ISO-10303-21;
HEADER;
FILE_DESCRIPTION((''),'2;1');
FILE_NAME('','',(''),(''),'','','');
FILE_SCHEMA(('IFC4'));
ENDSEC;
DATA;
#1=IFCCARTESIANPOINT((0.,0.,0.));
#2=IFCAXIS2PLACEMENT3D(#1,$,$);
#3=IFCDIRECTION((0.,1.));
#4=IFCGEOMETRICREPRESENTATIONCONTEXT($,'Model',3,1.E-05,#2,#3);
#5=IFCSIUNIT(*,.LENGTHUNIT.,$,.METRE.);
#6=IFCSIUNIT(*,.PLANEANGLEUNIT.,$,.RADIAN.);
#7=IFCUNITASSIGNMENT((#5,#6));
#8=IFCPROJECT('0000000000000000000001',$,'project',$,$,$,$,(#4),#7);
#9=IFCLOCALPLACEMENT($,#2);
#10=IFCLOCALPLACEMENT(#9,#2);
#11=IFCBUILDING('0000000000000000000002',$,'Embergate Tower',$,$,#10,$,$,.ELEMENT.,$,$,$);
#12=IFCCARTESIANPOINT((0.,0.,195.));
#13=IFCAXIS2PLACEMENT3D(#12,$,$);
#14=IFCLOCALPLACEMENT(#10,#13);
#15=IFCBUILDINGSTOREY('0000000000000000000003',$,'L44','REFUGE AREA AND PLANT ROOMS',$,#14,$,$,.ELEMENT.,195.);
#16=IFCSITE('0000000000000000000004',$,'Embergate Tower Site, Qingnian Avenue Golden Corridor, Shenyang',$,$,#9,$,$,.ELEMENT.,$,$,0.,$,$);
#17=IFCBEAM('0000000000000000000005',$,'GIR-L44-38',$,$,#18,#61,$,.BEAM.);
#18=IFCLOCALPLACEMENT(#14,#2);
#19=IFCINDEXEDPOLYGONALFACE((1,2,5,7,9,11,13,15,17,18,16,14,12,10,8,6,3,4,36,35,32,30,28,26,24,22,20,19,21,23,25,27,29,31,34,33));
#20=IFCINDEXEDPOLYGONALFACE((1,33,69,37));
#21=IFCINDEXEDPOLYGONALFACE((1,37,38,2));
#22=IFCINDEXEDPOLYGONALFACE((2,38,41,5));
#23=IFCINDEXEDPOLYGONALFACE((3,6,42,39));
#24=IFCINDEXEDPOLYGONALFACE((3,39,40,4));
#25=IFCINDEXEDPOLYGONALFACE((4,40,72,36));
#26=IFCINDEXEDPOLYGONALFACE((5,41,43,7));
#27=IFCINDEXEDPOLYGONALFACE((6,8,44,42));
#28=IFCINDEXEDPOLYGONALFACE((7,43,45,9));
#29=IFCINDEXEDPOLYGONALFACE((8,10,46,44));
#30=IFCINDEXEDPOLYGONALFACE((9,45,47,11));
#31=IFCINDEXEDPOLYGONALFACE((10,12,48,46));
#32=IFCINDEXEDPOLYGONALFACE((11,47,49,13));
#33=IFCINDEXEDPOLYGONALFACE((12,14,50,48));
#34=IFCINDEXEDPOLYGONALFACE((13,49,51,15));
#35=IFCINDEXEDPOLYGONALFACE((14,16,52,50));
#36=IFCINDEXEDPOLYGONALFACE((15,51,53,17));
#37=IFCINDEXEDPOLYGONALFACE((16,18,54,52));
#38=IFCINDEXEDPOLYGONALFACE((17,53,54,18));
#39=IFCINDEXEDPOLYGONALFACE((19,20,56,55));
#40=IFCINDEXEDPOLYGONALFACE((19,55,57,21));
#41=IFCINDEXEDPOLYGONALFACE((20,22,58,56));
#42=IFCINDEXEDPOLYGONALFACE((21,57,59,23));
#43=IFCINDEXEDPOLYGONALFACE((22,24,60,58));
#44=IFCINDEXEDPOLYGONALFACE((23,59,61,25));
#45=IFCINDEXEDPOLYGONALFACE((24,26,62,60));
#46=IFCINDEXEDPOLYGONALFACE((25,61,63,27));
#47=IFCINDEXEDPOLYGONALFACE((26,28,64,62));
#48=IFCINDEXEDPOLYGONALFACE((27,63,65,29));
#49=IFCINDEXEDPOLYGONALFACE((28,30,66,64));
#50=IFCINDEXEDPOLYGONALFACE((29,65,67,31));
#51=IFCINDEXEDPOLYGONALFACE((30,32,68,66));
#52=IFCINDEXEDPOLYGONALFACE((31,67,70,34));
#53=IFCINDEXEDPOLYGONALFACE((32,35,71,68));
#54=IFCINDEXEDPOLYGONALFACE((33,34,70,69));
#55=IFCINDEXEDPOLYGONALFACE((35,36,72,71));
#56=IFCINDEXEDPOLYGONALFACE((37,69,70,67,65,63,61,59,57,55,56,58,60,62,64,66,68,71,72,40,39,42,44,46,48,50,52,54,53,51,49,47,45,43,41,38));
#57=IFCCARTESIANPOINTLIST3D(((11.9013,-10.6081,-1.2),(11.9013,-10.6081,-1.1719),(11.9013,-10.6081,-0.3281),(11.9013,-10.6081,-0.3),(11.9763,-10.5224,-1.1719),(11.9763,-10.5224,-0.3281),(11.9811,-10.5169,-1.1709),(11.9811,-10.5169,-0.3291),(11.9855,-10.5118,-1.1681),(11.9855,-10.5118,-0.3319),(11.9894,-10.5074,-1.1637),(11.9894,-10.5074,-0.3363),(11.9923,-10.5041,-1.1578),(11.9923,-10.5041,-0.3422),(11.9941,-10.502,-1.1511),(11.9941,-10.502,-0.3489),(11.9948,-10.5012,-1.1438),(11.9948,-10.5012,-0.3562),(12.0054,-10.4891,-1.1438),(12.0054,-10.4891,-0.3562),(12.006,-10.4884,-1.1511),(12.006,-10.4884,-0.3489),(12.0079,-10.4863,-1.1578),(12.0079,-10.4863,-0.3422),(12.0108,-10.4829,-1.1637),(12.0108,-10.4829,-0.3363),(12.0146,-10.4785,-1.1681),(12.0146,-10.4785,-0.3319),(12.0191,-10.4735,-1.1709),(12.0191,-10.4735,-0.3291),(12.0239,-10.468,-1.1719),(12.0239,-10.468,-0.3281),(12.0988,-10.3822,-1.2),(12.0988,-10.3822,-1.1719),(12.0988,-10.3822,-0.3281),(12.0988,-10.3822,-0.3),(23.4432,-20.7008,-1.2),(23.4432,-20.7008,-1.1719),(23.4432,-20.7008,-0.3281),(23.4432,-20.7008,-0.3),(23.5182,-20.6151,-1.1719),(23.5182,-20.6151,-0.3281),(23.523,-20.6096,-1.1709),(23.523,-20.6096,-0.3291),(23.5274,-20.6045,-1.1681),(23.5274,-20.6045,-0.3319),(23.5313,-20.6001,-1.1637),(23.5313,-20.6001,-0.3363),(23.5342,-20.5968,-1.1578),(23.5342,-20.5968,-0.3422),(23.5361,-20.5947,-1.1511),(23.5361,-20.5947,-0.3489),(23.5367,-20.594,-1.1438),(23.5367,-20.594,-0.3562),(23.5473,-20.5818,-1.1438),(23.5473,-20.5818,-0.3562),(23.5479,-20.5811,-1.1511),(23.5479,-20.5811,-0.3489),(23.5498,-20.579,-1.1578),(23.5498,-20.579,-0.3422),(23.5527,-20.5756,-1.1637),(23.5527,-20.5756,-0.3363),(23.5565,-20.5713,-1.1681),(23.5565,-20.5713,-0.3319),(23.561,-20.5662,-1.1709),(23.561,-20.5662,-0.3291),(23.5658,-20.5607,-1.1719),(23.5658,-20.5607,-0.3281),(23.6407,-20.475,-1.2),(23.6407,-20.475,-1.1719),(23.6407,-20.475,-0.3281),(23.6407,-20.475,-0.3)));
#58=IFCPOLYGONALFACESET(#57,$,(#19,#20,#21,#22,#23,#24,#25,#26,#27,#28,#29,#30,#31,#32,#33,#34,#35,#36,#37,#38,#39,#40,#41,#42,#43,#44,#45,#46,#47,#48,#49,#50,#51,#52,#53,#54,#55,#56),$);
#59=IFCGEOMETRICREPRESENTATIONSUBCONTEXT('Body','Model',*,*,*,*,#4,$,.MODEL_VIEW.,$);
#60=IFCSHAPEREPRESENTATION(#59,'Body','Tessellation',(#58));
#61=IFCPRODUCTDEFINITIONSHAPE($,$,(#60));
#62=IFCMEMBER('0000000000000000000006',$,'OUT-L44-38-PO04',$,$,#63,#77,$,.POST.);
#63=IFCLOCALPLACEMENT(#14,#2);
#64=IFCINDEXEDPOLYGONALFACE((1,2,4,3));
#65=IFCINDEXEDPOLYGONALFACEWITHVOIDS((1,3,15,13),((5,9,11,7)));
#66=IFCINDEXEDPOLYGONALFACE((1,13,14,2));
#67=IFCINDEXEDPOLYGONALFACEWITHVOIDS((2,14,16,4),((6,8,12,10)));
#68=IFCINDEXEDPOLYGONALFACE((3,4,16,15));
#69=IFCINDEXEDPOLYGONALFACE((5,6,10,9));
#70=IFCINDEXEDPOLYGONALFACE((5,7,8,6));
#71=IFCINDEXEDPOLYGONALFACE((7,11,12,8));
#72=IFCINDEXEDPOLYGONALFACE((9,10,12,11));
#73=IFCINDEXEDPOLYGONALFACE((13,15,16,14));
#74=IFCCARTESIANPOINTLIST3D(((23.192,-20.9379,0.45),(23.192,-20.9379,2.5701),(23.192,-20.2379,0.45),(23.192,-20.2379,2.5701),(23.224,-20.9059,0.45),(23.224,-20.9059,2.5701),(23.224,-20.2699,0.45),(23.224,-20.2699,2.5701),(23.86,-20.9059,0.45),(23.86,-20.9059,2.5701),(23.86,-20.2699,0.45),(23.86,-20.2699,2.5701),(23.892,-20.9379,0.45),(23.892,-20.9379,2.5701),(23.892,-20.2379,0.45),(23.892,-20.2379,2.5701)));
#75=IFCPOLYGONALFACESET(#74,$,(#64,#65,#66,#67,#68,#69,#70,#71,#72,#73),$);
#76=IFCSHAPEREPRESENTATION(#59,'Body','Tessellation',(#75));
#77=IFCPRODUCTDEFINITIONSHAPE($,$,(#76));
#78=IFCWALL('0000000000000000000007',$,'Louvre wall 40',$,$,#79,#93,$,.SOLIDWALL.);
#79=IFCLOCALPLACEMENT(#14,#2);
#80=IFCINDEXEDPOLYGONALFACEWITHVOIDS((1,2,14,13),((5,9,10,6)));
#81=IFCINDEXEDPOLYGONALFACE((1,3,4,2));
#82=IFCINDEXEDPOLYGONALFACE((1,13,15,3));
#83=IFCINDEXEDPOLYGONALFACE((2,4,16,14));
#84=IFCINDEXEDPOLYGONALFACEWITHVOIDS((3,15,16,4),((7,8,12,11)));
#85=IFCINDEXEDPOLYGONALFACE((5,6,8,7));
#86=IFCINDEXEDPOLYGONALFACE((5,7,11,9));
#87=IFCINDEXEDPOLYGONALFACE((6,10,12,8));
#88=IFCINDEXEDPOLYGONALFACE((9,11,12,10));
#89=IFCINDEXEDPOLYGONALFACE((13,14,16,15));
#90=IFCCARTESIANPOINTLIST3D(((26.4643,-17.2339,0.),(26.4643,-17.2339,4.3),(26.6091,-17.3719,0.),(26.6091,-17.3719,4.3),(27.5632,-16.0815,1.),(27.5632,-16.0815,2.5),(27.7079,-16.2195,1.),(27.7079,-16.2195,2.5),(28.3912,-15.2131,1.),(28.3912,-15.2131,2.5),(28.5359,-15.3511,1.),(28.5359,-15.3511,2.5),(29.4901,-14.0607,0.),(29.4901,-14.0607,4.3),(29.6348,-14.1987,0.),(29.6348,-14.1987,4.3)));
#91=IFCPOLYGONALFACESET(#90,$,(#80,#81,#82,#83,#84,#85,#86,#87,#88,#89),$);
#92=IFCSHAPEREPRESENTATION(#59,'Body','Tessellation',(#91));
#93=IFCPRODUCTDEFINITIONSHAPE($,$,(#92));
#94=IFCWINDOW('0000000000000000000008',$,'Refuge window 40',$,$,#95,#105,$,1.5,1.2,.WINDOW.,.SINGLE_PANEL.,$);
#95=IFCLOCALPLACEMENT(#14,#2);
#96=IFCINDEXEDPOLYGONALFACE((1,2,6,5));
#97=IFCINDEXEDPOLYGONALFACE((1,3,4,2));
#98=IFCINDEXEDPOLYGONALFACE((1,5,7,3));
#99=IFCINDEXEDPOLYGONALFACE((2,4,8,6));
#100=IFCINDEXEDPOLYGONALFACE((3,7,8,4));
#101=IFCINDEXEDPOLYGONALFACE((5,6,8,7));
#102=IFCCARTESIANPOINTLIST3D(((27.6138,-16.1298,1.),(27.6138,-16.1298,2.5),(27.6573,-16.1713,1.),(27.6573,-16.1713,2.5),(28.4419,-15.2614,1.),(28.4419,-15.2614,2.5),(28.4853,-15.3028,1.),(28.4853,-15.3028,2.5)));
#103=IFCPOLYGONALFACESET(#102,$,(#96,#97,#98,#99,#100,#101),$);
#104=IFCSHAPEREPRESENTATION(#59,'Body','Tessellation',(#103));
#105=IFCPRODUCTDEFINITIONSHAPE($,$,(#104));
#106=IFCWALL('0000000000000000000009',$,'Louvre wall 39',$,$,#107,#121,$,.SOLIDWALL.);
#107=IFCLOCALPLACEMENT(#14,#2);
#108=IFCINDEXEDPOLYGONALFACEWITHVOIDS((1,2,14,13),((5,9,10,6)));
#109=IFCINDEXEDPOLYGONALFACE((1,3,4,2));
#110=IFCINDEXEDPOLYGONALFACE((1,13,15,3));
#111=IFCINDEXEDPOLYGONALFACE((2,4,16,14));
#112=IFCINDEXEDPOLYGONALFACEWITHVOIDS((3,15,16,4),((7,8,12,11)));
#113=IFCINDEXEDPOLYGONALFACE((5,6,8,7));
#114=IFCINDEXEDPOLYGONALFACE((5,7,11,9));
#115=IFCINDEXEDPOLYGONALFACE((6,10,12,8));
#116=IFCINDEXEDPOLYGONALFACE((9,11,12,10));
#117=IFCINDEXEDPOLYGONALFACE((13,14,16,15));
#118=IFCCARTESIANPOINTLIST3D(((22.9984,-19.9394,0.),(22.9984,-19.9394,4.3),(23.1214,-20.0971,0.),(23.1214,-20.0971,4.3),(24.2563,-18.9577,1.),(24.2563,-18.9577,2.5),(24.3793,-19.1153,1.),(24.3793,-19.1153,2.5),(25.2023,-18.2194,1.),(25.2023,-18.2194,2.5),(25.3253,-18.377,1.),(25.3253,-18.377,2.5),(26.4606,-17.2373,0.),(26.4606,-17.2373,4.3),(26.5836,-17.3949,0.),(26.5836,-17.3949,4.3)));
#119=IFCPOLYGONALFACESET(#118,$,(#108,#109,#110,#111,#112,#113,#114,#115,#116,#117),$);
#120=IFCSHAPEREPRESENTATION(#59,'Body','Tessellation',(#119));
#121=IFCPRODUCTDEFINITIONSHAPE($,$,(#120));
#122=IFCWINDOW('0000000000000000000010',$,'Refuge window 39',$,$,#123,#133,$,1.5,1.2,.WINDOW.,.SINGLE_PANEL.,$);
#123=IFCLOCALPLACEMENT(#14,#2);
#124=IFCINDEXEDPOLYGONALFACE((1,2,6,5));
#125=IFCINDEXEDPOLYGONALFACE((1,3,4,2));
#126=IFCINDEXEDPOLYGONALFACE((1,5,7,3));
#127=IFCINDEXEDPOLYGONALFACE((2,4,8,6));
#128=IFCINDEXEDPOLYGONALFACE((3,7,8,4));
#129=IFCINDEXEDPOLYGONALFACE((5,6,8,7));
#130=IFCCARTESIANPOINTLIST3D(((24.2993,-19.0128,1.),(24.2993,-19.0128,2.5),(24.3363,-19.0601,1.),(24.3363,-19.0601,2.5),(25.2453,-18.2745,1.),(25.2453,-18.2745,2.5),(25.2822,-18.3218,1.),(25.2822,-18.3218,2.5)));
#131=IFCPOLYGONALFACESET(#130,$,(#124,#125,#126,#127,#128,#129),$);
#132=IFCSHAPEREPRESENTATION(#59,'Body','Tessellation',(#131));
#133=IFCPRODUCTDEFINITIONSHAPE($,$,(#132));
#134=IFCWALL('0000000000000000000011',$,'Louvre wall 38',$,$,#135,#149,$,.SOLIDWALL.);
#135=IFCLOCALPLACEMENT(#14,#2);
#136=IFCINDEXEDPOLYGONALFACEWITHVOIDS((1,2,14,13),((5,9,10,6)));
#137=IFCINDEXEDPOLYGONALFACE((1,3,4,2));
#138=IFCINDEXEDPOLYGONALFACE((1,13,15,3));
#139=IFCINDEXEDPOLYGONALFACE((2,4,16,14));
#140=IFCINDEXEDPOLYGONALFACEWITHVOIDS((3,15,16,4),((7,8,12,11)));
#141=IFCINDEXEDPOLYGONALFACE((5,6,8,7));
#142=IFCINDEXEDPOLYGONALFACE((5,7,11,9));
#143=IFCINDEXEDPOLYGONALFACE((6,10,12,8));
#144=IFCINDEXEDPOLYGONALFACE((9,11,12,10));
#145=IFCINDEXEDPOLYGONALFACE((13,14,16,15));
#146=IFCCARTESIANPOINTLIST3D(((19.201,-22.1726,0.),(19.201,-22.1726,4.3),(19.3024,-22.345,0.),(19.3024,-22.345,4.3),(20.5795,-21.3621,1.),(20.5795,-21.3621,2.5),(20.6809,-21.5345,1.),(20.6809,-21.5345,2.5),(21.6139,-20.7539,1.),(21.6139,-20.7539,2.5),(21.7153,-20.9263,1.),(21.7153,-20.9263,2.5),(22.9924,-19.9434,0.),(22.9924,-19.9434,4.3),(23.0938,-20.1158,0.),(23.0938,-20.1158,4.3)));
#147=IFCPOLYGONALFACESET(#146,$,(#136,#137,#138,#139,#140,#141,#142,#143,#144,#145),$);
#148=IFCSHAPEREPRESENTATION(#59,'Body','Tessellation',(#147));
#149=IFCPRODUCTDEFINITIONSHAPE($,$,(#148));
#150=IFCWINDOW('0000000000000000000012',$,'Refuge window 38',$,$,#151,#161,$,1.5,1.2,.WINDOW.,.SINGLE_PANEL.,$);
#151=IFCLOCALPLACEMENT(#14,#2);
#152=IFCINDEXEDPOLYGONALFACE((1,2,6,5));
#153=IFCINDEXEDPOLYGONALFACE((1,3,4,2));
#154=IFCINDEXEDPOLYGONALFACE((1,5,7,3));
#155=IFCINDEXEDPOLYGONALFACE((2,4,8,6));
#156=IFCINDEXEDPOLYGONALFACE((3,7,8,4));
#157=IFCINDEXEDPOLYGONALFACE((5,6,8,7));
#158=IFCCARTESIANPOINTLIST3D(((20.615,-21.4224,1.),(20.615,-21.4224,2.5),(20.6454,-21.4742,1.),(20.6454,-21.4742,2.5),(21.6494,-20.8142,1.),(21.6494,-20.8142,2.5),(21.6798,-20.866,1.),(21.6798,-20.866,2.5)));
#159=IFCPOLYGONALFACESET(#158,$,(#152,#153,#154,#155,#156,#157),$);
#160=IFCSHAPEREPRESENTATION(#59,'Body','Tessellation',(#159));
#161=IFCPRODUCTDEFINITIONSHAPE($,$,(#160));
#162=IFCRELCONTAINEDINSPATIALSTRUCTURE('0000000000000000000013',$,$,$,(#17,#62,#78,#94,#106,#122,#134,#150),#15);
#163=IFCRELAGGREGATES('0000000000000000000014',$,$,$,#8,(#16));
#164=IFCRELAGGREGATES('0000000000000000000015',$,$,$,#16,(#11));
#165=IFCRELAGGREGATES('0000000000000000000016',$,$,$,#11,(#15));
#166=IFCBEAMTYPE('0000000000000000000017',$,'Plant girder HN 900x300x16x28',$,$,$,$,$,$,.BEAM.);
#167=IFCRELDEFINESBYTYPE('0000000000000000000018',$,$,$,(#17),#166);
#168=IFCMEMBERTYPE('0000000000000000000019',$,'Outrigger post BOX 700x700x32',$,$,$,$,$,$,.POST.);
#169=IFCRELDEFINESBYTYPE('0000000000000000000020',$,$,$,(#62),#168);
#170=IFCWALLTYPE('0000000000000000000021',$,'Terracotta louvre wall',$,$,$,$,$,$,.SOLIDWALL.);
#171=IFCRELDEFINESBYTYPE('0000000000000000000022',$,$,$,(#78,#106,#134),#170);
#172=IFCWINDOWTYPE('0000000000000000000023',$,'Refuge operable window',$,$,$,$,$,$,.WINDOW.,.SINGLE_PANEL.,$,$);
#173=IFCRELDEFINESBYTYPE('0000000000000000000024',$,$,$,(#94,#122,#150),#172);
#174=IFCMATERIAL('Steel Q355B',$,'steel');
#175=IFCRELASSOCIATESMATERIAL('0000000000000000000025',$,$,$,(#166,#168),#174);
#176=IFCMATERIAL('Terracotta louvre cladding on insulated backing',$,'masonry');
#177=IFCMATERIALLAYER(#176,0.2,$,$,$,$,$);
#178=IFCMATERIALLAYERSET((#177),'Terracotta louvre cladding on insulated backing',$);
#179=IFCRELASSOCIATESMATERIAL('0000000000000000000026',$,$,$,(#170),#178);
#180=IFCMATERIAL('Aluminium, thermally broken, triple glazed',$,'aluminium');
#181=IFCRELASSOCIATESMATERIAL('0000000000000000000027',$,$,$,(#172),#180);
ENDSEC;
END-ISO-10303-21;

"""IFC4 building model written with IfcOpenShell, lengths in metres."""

from ifc_helpers import new_model, si_unit, direction, frame, frame_2d, origin, origin_2d, place, context, subcontext, project, spatial, rectangle, hollow_rectangle, i_section, extrude, source, transform, mapped, material, layer, layer_set, material_profile, profile_set, type_object, element, fill, save


model = new_model("IFC4")

# Units and contexts
model_context = context("Model", 3, precision=1e-05, world=origin(), true_north=direction((0.0, 1.0)))
body_context = subcontext(model_context, "Body", "Model", "MODEL_VIEW")
ifc_project = project(units=[si_unit("LENGTHUNIT", "METRE"), si_unit("PLANEANGLEUNIT", "RADIAN")], contexts=[model_context])

# Site, building, storey
site_placement = place(None, origin())
site = spatial("IfcSite", under=ifc_project, at=site_placement, Name="Embergate Tower Site, Qingnian Avenue Golden Corridor, Shenyang", CompositionType="ELEMENT", RefElevation=0.0)
building_placement = place(site_placement, origin())
building = spatial("IfcBuilding", under=site, at=building_placement, Name="Embergate Tower", CompositionType="ELEMENT")
storey_placement = place(building_placement, frame((0.0, 0.0, 195.0)))
storey = spatial("IfcBuildingStorey", under=building, at=storey_placement, Name="L44", Description="REFUGE AREA AND PLANT ROOMS", CompositionType="ELEMENT", Elevation=195.0)

# Beam
ifc_material_1 = material(Name="Steel Q355B", Category="steel")
ifc_material_profile_1 = material_profile(ifc_material_1, i_section(OverallWidth=0.3, OverallDepth=0.8999, WebThickness=0.0161, FlangeThickness=0.0281, FilletRadius=0.0281, at=origin_2d()), Name="HN 900x300x16x28")
ifc_profile_set_1 = profile_set([ifc_material_profile_1], Name="Steel Q355 grade B")
beam_type_1 = type_object("IfcBeamType", Name="Plant girder HN 900x300x16x28", PredefinedType="BEAM", material=ifc_profile_set_1)
shared_shape_1 = source(origin(), body_context, "Body", "SweptSolid", [
    extrude(i_section(OverallWidth=0.3, OverallDepth=0.8999, WebThickness=0.0161, FlangeThickness=0.0281, FilletRadius=0.0281, at=origin_2d()), origin(), (0.0, 0.0, 1.0), 15.3323),
])
beam_1_placement = place(storey_placement, frame((23.542, -20.5879, -0.75), z_axis=(-0.752786, 0.658266, 0.0), x_axis=(-0.658266, -0.752786, 0.0)))
element("IfcBeam", 1, at=beam_1_placement, inside=storey, type_object=beam_type_1, Name="GIR-L44-38", PredefinedType="BEAM", context=body_context, shape_type="MappedRepresentation", body=[
    mapped(shared_shape_1, transform((0.0, 0.0, 0.0))),
])

# Member
ifc_material_profile_2 = material_profile(ifc_material_1, hollow_rectangle(XDim=0.7, YDim=0.7, WallThickness=0.032, at=origin_2d()), Name="BOX 700x700x32")
ifc_profile_set_2 = profile_set([ifc_material_profile_2], Name="Steel Q355 grade B")
member_type = type_object("IfcMemberType", Name="Outrigger post BOX 700x700x32", PredefinedType="POST", material=ifc_profile_set_2)
shared_shape_2 = source(origin(), body_context, "Body", "SweptSolid", [
    extrude(hollow_rectangle(XDim=0.7, YDim=0.7, WallThickness=0.032, at=origin_2d()), origin(), (0.0, 0.0, 1.0), 2.1201),
])
member_placement = place(storey_placement, frame((23.542, -20.5879, 0.45), z_axis=(0.0, 0.0, 1.0), x_axis=(1.0, 0.0, 0.0)))
element("IfcMember", 2, at=member_placement, inside=storey, type_object=member_type, Name="OUT-L44-38-PO04", PredefinedType="POST", context=body_context, shape_type="MappedRepresentation", body=[
    mapped(shared_shape_2, transform((0.0, 0.0, 0.0))),
])

# Walls, openings, windows
ifc_material_2 = material(Name="Terracotta louvre cladding on insulated backing", Category="masonry")
ifc_layer_1 = layer(ifc_material_2, 0.2)
ifc_layer_set_1 = layer_set([ifc_layer_1], Name="Terracotta louvre cladding on insulated backing")
wall_type_1 = type_object("IfcWallType", Name="Terracotta louvre wall", PredefinedType="SOLIDWALL", material=ifc_layer_set_1)
shared_shape_3 = source(origin(), body_context, "Body", "SweptSolid", [
    extrude(rectangle(XDim=4.3845, YDim=0.2, at=frame_2d((2.1924, 0.0))), origin(), (0.0, 0.0, 1.0), 4.3),
])
wall_1_placement = place(storey_placement, frame((29.5625, -14.1296, 0.0), z_axis=(0.0, 0.0, 1.0), x_axis=(-0.69009, -0.723723, 0.0)))
wall_1 = element("IfcWall", 3, at=wall_1_placement, inside=storey, type_object=wall_type_1, Name="Louvre wall 40", PredefinedType="SOLIDWALL", context=body_context, shape_type="MappedRepresentation", body=[
    mapped(shared_shape_3, transform((0.0, 0.0, 0.0))),
])
shared_shape_4 = source(origin(), body_context, "Body", "SweptSolid", [
    extrude(rectangle(XDim=1.2, YDim=1.5, at=frame_2d((0.6001, 0.75))), frame((0.0, 0.1099, 0.0), z_axis=(0.0, -1.0, 0.0), x_axis=(1.0, 0.0, 0.0)), (0.0, 0.0, 1.0), 0.22),
])
opening_1_placement = place(wall_1_placement, frame((1.5923, 0.0, 1.0)))
opening_1 = element("IfcOpeningElement", 4, at=opening_1_placement, cuts=wall_1, PredefinedType="OPENING", context=body_context, shape_type="MappedRepresentation", body=[
    mapped(shared_shape_4, transform((0.0, 0.0, 0.0))),
])
ifc_material_3 = material(Name="Aluminium, thermally broken, triple glazed", Category="aluminium")
window_type = type_object("IfcWindowType", Name="Refuge operable window", PartitioningType="SINGLE_PANEL", PredefinedType="WINDOW", material=ifc_material_3)
shared_shape_5 = source(origin(), body_context, "Body", "SweptSolid", [
    extrude(rectangle(XDim=1.2, YDim=1.5, at=frame_2d((0.6001, 0.75))), frame((0.0, 0.03, 0.0), z_axis=(0.0, -1.0, 0.0), x_axis=(1.0, 0.0, 0.0)), (0.0, 0.0, 1.0), 0.0601),
])
window_1_placement = place(opening_1_placement, origin())
window_1 = element("IfcWindow", 5, at=window_1_placement, inside=storey, type_object=window_type, Name="Refuge window 40", OverallHeight=1.5, OverallWidth=1.2, PartitioningType="SINGLE_PANEL", PredefinedType="WINDOW", context=body_context, shape_type="MappedRepresentation", body=[
    mapped(shared_shape_5, transform((0.0, 0.0, 0.0))),
])
fill(opening_1, window_1)
shared_shape_6 = source(origin(), body_context, "Body", "SweptSolid", [
    extrude(rectangle(XDim=4.3918, YDim=0.2, at=frame_2d((2.1958, 0.0))), origin(), (0.0, 0.0, 1.0), 4.3),
])
wall_2_placement = place(storey_placement, frame((26.522, -17.3162, 0.0), z_axis=(0.0, 0.0, 1.0), x_axis=(-0.788318, -0.615267, 0.0)))
wall_2 = element("IfcWall", 6, at=wall_2_placement, inside=storey, type_object=wall_type_1, Name="Louvre wall 39", PredefinedType="SOLIDWALL", context=body_context, shape_type="MappedRepresentation", body=[
    mapped(shared_shape_6, transform((0.0, 0.0, 0.0))),
])
opening_2_placement = place(wall_2_placement, frame((1.5959, 0.0, 1.0)))
opening_2 = element("IfcOpeningElement", 7, at=opening_2_placement, cuts=wall_2, PredefinedType="OPENING", context=body_context, shape_type="MappedRepresentation", body=[
    mapped(shared_shape_4, transform((0.0, 0.0, 0.0))),
])
window_2_placement = place(opening_2_placement, origin())
window_2 = element("IfcWindow", 8, at=window_2_placement, inside=storey, type_object=window_type, Name="Refuge window 39", OverallHeight=1.5, OverallWidth=1.2, PartitioningType="SINGLE_PANEL", PredefinedType="WINDOW", context=body_context, shape_type="MappedRepresentation", body=[
    mapped(shared_shape_5, transform((0.0, 0.0, 0.0))),
])
fill(opening_2, window_2)
shared_shape_7 = source(origin(), body_context, "Body", "SweptSolid", [
    extrude(rectangle(XDim=4.3982, YDim=0.2, at=frame_2d((2.1992, 0.0))), origin(), (0.0, 0.0, 1.0), 4.3),
])
wall_3_placement = place(storey_placement, frame((23.0432, -20.0295, 0.0), z_axis=(0.0, 0.0, 1.0), x_axis=(-0.862038, -0.506843, 0.0)))
wall_3 = element("IfcWall", 9, at=wall_3_placement, inside=storey, type_object=wall_type_1, Name="Louvre wall 38", PredefinedType="SOLIDWALL", context=body_context, shape_type="MappedRepresentation", body=[
    mapped(shared_shape_7, transform((0.0, 0.0, 0.0))),
])
opening_3_placement = place(wall_3_placement, frame((1.5991, 0.0, 1.0)))
opening_3 = element("IfcOpeningElement", 10, at=opening_3_placement, cuts=wall_3, PredefinedType="OPENING", context=body_context, shape_type="MappedRepresentation", body=[
    mapped(shared_shape_4, transform((0.0, 0.0, 0.0))),
])
window_3_placement = place(opening_3_placement, origin())
window_3 = element("IfcWindow", 11, at=window_3_placement, inside=storey, type_object=window_type, Name="Refuge window 38", OverallHeight=1.5, OverallWidth=1.2, PartitioningType="SINGLE_PANEL", PredefinedType="WINDOW", context=body_context, shape_type="MappedRepresentation", body=[
    mapped(shared_shape_5, transform((0.0, 0.0, 0.0))),
])
fill(opening_3, window_3)

save(model, "model.ifc")
